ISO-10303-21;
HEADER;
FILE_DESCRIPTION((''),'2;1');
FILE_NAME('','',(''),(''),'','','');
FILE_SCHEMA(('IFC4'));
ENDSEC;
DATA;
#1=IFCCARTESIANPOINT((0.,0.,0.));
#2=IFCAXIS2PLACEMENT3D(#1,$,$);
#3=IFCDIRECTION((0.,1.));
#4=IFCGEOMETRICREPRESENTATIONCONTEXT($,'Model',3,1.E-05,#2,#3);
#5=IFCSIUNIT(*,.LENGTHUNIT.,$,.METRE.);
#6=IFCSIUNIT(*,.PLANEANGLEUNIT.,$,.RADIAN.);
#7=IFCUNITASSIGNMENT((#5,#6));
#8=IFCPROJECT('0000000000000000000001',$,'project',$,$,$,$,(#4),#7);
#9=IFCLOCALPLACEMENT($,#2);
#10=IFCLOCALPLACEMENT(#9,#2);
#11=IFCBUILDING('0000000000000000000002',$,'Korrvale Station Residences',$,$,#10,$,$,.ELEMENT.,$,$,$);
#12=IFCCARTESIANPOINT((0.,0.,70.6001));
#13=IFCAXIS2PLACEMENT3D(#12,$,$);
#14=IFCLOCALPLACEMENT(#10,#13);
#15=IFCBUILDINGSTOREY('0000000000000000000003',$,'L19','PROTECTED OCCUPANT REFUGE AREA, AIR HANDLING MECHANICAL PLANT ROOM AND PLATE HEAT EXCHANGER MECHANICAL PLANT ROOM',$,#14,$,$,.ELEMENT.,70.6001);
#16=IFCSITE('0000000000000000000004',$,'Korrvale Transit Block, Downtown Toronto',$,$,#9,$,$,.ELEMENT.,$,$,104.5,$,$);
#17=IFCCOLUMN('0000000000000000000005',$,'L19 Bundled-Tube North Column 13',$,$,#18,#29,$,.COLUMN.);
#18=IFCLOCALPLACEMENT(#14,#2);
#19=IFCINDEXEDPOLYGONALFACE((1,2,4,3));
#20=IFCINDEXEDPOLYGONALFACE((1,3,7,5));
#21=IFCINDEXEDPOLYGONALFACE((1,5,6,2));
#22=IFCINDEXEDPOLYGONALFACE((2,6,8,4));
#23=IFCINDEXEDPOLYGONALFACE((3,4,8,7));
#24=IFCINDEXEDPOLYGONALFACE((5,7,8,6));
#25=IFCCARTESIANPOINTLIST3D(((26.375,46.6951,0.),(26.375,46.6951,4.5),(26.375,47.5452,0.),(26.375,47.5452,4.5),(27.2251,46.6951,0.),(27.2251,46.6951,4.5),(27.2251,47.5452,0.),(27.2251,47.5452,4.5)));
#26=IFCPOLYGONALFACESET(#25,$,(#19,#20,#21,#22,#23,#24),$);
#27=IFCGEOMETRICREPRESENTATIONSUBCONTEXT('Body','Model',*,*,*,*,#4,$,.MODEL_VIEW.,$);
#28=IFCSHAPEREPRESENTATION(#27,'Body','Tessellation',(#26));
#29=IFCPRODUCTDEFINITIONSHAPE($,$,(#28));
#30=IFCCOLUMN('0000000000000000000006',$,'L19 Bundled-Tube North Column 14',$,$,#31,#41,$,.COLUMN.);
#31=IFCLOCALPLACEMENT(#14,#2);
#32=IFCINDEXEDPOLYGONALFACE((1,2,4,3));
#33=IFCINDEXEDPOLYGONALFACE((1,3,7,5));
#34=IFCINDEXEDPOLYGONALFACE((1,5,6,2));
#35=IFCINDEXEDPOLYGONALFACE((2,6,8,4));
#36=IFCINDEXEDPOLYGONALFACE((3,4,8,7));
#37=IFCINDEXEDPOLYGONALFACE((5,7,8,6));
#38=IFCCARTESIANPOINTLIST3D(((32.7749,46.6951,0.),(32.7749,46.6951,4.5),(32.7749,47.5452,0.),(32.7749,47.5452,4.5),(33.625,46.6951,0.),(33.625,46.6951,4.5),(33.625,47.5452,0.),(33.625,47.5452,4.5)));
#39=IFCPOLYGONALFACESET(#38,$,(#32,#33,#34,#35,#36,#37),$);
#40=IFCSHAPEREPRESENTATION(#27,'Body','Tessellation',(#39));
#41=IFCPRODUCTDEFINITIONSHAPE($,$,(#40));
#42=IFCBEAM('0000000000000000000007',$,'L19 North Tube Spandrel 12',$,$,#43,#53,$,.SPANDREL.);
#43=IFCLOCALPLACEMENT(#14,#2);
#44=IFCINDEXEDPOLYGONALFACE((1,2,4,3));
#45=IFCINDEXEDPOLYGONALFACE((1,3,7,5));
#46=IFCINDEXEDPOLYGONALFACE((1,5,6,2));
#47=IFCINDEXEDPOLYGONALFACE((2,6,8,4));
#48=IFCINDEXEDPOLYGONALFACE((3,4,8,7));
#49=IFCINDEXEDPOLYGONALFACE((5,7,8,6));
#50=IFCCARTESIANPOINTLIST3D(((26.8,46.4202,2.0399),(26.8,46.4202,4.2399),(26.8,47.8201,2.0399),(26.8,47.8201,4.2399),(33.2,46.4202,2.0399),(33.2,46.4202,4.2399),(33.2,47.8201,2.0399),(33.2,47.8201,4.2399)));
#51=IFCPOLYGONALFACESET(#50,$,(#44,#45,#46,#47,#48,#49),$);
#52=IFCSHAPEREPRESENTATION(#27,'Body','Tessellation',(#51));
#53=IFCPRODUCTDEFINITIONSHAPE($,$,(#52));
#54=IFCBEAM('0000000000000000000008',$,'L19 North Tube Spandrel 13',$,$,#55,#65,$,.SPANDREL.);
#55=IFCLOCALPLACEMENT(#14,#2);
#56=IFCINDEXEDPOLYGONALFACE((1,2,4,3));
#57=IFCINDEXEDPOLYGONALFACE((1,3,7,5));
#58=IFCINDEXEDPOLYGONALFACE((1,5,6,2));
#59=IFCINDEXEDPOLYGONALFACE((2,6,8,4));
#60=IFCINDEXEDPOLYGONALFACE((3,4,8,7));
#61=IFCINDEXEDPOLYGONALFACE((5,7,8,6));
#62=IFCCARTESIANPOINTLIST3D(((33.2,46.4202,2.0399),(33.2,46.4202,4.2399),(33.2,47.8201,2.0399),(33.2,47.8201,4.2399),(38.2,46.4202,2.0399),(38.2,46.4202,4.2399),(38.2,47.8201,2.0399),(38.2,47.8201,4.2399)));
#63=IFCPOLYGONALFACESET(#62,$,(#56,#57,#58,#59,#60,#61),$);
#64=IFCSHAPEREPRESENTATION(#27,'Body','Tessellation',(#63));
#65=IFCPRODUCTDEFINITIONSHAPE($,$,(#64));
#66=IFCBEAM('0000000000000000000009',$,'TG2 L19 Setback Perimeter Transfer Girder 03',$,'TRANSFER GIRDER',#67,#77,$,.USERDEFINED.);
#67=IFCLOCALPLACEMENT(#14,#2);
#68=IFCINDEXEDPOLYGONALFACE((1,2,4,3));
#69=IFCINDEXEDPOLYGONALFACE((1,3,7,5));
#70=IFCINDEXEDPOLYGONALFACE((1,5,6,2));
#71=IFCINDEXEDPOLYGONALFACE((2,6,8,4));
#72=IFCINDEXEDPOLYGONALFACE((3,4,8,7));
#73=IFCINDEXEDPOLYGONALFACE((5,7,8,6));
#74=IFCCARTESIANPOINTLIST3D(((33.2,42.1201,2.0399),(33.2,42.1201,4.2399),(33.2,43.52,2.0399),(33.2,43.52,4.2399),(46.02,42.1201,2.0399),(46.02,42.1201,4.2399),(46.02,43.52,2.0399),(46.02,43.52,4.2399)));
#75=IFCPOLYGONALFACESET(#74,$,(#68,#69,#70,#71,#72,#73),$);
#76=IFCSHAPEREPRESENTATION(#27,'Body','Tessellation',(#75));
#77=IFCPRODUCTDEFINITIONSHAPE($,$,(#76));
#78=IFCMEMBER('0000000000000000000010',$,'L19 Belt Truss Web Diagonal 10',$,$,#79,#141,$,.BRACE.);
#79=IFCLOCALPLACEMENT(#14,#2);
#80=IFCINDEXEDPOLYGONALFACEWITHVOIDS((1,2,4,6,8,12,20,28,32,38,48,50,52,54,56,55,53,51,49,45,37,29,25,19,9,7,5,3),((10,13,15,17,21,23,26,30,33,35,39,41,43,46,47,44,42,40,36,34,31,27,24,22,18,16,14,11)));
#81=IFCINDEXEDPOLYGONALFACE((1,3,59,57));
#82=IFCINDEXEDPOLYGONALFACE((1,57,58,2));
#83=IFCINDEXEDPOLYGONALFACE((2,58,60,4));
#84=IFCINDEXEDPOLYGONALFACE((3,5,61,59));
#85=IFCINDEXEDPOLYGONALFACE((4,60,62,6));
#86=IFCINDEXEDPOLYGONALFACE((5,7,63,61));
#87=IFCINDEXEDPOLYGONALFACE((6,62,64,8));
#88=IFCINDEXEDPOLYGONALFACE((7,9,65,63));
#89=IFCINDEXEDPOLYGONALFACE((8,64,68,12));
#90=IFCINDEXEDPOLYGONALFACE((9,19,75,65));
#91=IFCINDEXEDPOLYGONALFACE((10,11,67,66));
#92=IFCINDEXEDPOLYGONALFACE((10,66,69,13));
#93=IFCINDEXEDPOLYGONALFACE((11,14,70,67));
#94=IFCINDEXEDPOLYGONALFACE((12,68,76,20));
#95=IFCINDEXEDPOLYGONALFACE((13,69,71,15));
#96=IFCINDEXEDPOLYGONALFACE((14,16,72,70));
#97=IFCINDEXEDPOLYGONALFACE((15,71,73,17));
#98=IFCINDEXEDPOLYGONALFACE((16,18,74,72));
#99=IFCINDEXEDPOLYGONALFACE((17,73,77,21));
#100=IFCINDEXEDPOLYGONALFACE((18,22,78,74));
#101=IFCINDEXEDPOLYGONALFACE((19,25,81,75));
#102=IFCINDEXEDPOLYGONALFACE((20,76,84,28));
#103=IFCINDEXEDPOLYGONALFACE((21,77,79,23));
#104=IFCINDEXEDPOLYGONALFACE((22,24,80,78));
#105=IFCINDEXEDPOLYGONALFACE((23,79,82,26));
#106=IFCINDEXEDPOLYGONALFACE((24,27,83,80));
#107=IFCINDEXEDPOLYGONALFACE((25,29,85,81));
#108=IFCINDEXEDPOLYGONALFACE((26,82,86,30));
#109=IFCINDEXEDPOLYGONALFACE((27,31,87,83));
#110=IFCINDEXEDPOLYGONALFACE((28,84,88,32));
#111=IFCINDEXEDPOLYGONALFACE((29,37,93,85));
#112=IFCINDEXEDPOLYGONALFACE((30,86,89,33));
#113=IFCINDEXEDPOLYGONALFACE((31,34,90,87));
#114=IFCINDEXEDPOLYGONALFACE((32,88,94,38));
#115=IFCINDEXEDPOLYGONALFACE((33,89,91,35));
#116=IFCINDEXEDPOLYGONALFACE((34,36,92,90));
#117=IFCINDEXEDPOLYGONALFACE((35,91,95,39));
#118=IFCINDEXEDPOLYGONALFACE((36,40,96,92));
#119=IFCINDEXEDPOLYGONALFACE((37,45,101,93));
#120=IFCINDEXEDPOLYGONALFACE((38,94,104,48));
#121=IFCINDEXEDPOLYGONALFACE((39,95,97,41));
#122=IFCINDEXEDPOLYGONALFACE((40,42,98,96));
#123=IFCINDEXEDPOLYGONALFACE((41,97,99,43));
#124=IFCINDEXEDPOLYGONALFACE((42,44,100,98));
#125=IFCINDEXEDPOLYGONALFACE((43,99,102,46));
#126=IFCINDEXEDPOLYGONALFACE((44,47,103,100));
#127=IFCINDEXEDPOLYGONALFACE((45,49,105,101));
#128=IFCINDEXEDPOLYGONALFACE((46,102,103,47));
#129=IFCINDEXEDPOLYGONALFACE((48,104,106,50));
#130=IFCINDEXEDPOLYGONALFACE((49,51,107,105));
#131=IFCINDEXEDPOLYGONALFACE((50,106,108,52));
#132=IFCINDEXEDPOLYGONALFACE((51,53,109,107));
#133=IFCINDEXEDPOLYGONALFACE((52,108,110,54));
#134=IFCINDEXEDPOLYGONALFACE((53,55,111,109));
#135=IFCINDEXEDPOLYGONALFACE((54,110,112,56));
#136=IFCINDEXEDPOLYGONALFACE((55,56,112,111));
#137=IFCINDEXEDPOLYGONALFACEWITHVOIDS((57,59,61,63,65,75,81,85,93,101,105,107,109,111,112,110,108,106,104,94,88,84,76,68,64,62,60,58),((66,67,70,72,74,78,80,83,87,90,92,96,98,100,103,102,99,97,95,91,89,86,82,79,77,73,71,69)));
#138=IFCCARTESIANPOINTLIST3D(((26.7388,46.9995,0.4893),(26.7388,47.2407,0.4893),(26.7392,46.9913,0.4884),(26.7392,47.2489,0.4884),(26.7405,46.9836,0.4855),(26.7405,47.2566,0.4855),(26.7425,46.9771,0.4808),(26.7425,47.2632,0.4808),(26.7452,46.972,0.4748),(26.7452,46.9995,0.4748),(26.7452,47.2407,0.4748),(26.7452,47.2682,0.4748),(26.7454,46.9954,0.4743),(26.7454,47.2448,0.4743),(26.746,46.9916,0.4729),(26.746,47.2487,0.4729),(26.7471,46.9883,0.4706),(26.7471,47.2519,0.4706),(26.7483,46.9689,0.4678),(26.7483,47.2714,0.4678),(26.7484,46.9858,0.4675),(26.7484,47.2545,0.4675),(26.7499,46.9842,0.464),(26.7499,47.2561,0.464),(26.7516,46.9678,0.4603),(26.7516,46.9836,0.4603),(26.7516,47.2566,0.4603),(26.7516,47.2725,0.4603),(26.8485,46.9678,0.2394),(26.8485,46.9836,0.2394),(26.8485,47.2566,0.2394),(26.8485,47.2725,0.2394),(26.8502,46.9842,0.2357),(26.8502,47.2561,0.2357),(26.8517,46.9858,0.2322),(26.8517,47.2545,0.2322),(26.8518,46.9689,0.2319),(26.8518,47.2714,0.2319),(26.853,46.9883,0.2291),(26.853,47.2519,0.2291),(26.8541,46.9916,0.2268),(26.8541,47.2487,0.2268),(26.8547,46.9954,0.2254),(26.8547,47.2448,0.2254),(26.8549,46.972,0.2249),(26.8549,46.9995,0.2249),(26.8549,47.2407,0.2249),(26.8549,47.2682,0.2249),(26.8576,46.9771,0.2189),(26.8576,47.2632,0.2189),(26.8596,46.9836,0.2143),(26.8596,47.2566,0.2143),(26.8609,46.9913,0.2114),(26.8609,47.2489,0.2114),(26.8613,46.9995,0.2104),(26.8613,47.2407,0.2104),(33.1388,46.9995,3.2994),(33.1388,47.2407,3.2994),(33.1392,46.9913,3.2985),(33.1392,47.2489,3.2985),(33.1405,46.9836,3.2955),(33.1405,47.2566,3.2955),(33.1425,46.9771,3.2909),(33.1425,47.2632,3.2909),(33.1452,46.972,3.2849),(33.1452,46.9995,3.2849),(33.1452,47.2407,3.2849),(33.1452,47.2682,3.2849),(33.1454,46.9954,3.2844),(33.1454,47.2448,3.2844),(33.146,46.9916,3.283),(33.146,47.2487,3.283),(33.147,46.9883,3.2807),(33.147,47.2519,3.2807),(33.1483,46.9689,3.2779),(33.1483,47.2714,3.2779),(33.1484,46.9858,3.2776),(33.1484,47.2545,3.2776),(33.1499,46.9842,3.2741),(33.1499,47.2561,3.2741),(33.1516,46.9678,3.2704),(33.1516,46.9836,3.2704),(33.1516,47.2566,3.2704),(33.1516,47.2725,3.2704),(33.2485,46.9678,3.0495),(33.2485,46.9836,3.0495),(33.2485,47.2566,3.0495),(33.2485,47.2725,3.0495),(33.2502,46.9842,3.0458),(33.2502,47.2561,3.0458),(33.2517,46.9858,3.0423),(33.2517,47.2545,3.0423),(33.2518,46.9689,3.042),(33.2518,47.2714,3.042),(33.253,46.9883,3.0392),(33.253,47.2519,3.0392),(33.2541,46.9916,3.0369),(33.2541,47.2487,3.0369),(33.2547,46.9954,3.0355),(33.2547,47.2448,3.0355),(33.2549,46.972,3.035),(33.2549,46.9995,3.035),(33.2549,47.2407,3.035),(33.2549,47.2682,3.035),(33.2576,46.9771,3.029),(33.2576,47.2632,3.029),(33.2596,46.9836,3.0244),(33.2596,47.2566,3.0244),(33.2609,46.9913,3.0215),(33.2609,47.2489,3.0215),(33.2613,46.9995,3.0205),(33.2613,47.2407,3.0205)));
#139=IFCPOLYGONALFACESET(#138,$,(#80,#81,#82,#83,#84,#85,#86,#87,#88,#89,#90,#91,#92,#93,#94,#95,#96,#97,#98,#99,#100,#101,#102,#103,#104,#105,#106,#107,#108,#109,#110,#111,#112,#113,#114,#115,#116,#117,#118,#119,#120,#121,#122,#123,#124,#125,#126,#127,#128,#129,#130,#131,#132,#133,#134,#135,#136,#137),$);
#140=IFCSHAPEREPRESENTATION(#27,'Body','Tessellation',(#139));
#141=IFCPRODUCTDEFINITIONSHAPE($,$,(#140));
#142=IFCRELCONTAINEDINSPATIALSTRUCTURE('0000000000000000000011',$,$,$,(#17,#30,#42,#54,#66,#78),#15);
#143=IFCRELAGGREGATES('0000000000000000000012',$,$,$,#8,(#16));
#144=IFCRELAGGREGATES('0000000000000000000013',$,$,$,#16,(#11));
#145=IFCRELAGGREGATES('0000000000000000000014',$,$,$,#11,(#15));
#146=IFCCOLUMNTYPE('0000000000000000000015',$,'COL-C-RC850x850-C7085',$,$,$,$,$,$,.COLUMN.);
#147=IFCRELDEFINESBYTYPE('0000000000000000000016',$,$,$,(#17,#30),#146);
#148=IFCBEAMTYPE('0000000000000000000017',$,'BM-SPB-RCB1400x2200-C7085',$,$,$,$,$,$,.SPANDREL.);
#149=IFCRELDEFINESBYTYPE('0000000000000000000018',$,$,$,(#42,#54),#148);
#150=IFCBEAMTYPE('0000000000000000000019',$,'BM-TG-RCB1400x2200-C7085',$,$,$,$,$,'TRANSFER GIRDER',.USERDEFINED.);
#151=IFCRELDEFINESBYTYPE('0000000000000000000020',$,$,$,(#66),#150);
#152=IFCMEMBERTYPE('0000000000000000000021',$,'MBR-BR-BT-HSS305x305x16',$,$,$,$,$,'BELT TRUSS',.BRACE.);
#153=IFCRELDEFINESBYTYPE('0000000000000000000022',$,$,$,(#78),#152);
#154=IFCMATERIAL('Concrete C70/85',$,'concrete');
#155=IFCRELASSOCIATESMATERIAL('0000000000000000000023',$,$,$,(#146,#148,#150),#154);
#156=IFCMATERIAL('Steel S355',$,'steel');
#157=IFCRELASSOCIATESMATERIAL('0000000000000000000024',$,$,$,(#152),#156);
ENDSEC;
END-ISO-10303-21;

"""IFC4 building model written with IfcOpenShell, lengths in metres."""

from ifc_helpers import new_model, si_unit, direction, frame, origin, origin_2d, place, context, subcontext, project, spatial, rectangle, hollow_rectangle, extrude, material, material_profile, profile_set, type_object, element, save


model = new_model("IFC4")

# Units and contexts
model_context = context("Model", 3, precision=1e-05, world=origin(), true_north=direction((0.0, 1.0)))
body_context = subcontext(model_context, "Body", "Model", "MODEL_VIEW")
ifc_project = project(units=[si_unit("LENGTHUNIT", "METRE"), si_unit("PLANEANGLEUNIT", "RADIAN")], contexts=[model_context])

# Site, building, storey
site_placement = place(None, origin())
site = spatial("IfcSite", under=ifc_project, at=site_placement, Name="Korrvale Transit Block, Downtown Toronto", CompositionType="ELEMENT", RefElevation=104.5)
building_placement = place(site_placement, origin())
building = spatial("IfcBuilding", under=site, at=building_placement, Name="Korrvale Station Residences", CompositionType="ELEMENT")
storey_placement = place(building_placement, frame((0.0, 0.0, 70.6001)))
storey = spatial("IfcBuildingStorey", under=building, at=storey_placement, Name="L19", Description="PROTECTED OCCUPANT REFUGE AREA, AIR HANDLING MECHANICAL PLANT ROOM AND PLATE HEAT EXCHANGER MECHANICAL PLANT ROOM", CompositionType="ELEMENT", Elevation=70.6001)

# Columns
ifc_material_1 = material(Name="Concrete C70/85", Category="concrete")
ifc_material_profile_1 = material_profile(ifc_material_1, rectangle(XDim=0.8501, YDim=0.8501, at=origin_2d()), Name="RC850x850")
ifc_profile_set_1 = profile_set([ifc_material_profile_1], Name="Concrete C70/85")
column_type = type_object("IfcColumnType", Name="COL-C-RC850x850-C7085", PredefinedType="COLUMN", material=ifc_profile_set_1)
for number, where, z_axis, x_axis, name in (
    (1, (26.8, 47.1201, 0.0), (0.0, 0.0, 1.0), (1.0, 0.0, 0.0), "L19 Bundled-Tube North Column 13"),
    (2, (33.2, 47.1201, 0.0), (0.0, 0.0, 1.0), (1.0, 0.0, 0.0), "L19 Bundled-Tube North Column 14"),
):
    element("IfcColumn", number, at=place(storey_placement, frame(where, z_axis=z_axis, x_axis=x_axis)), inside=storey, type_object=column_type, Name=name, PredefinedType="COLUMN", context=body_context, shape_type="SweptSolid", body=[
        extrude(rectangle(XDim=0.8501, YDim=0.8501, at=origin_2d()), origin(), (0.0, 0.0, 1.0), 4.5),
    ])

# Beams
ifc_material_profile_2 = material_profile(ifc_material_1, rectangle(XDim=1.3999, YDim=2.2, at=origin_2d()), Name="RCB1400x2200")
ifc_profile_set_2 = profile_set([ifc_material_profile_2], Name="Concrete C70/85")
beam_type_1 = type_object("IfcBeamType", Name="BM-SPB-RCB1400x2200-C7085", PredefinedType="SPANDREL", material=ifc_profile_set_2)
beam_1_placement = place(storey_placement, frame((26.8, 47.1201, 3.1399), z_axis=(1.0, 0.0, 0.0), x_axis=(0.0, 1.0, 0.0)))
element("IfcBeam", 3, at=beam_1_placement, inside=storey, type_object=beam_type_1, Name="L19 North Tube Spandrel 12", PredefinedType="SPANDREL", context=body_context, shape_type="SweptSolid", body=[
    extrude(rectangle(XDim=1.3999, YDim=2.2, at=origin_2d()), origin(), (0.0, 0.0, 1.0), 6.3999),
])
beam_2_placement = place(storey_placement, frame((33.2, 47.1201, 3.1399), z_axis=(1.0, 0.0, 0.0), x_axis=(0.0, 1.0, 0.0)))
element("IfcBeam", 4, at=beam_2_placement, inside=storey, type_object=beam_type_1, Name="L19 North Tube Spandrel 13", PredefinedType="SPANDREL", context=body_context, shape_type="SweptSolid", body=[
    extrude(rectangle(XDim=1.3999, YDim=2.2, at=origin_2d()), origin(), (0.0, 0.0, 1.0), 5.0),
])
ifc_material_profile_3 = material_profile(ifc_material_1, rectangle(XDim=1.3999, YDim=2.2, at=origin_2d()), Name="RCB1400x2200")
ifc_profile_set_3 = profile_set([ifc_material_profile_3], Name="Concrete C70/85")
beam_type_2 = type_object("IfcBeamType", Name="BM-TG-RCB1400x2200-C7085", ElementType="TRANSFER GIRDER", PredefinedType="USERDEFINED", material=ifc_profile_set_3)
beam_3_placement = place(storey_placement, frame((33.2, 42.8201, 3.1399), z_axis=(1.0, 0.0, 0.0), x_axis=(0.0, 1.0, 0.0)))
element("IfcBeam", 5, at=beam_3_placement, inside=storey, type_object=beam_type_2, Name="TG2 L19 Setback Perimeter Transfer Girder 03", ObjectType="TRANSFER GIRDER", PredefinedType="USERDEFINED", context=body_context, shape_type="SweptSolid", body=[
    extrude(rectangle(XDim=1.3999, YDim=2.2, at=origin_2d()), origin(), (0.0, 0.0, 1.0), 12.8201),
])

# Member
ifc_material_2 = material(Name="Steel S355", Category="steel")
ifc_material_profile_4 = material_profile(ifc_material_2, hollow_rectangle(XDim=0.3047, YDim=0.3047, WallThickness=0.0159, InnerFilletRadius=0.0159, OuterFilletRadius=0.0317, at=origin_2d()), Name="HSS305x305x16")
ifc_profile_set_4 = profile_set([ifc_material_profile_4], Name="Steel S355")
member_type_1 = type_object("IfcMemberType", Name="MBR-BR-BT-HSS305x305x16", ElementType="BELT TRUSS", PredefinedType="BRACE", material=ifc_profile_set_4)
member_1_placement = place(storey_placement, frame((26.8, 47.1201, 0.3499), z_axis=(0.915626, 0.0, 0.402031), x_axis=(0.0, 1.0, 0.0)))
element("IfcMember", 6, at=member_1_placement, inside=storey, type_object=member_type_1, Name="L19 Belt Truss Web Diagonal 10", PredefinedType="BRACE", context=body_context, shape_type="SweptSolid", body=[
    extrude(hollow_rectangle(XDim=0.3047, YDim=0.3047, WallThickness=0.0159, InnerFilletRadius=0.0159, OuterFilletRadius=0.0317, at=origin_2d()), origin(), (0.0, 0.0, 1.0), 6.9897),
])

save(model, "model.ifc")
